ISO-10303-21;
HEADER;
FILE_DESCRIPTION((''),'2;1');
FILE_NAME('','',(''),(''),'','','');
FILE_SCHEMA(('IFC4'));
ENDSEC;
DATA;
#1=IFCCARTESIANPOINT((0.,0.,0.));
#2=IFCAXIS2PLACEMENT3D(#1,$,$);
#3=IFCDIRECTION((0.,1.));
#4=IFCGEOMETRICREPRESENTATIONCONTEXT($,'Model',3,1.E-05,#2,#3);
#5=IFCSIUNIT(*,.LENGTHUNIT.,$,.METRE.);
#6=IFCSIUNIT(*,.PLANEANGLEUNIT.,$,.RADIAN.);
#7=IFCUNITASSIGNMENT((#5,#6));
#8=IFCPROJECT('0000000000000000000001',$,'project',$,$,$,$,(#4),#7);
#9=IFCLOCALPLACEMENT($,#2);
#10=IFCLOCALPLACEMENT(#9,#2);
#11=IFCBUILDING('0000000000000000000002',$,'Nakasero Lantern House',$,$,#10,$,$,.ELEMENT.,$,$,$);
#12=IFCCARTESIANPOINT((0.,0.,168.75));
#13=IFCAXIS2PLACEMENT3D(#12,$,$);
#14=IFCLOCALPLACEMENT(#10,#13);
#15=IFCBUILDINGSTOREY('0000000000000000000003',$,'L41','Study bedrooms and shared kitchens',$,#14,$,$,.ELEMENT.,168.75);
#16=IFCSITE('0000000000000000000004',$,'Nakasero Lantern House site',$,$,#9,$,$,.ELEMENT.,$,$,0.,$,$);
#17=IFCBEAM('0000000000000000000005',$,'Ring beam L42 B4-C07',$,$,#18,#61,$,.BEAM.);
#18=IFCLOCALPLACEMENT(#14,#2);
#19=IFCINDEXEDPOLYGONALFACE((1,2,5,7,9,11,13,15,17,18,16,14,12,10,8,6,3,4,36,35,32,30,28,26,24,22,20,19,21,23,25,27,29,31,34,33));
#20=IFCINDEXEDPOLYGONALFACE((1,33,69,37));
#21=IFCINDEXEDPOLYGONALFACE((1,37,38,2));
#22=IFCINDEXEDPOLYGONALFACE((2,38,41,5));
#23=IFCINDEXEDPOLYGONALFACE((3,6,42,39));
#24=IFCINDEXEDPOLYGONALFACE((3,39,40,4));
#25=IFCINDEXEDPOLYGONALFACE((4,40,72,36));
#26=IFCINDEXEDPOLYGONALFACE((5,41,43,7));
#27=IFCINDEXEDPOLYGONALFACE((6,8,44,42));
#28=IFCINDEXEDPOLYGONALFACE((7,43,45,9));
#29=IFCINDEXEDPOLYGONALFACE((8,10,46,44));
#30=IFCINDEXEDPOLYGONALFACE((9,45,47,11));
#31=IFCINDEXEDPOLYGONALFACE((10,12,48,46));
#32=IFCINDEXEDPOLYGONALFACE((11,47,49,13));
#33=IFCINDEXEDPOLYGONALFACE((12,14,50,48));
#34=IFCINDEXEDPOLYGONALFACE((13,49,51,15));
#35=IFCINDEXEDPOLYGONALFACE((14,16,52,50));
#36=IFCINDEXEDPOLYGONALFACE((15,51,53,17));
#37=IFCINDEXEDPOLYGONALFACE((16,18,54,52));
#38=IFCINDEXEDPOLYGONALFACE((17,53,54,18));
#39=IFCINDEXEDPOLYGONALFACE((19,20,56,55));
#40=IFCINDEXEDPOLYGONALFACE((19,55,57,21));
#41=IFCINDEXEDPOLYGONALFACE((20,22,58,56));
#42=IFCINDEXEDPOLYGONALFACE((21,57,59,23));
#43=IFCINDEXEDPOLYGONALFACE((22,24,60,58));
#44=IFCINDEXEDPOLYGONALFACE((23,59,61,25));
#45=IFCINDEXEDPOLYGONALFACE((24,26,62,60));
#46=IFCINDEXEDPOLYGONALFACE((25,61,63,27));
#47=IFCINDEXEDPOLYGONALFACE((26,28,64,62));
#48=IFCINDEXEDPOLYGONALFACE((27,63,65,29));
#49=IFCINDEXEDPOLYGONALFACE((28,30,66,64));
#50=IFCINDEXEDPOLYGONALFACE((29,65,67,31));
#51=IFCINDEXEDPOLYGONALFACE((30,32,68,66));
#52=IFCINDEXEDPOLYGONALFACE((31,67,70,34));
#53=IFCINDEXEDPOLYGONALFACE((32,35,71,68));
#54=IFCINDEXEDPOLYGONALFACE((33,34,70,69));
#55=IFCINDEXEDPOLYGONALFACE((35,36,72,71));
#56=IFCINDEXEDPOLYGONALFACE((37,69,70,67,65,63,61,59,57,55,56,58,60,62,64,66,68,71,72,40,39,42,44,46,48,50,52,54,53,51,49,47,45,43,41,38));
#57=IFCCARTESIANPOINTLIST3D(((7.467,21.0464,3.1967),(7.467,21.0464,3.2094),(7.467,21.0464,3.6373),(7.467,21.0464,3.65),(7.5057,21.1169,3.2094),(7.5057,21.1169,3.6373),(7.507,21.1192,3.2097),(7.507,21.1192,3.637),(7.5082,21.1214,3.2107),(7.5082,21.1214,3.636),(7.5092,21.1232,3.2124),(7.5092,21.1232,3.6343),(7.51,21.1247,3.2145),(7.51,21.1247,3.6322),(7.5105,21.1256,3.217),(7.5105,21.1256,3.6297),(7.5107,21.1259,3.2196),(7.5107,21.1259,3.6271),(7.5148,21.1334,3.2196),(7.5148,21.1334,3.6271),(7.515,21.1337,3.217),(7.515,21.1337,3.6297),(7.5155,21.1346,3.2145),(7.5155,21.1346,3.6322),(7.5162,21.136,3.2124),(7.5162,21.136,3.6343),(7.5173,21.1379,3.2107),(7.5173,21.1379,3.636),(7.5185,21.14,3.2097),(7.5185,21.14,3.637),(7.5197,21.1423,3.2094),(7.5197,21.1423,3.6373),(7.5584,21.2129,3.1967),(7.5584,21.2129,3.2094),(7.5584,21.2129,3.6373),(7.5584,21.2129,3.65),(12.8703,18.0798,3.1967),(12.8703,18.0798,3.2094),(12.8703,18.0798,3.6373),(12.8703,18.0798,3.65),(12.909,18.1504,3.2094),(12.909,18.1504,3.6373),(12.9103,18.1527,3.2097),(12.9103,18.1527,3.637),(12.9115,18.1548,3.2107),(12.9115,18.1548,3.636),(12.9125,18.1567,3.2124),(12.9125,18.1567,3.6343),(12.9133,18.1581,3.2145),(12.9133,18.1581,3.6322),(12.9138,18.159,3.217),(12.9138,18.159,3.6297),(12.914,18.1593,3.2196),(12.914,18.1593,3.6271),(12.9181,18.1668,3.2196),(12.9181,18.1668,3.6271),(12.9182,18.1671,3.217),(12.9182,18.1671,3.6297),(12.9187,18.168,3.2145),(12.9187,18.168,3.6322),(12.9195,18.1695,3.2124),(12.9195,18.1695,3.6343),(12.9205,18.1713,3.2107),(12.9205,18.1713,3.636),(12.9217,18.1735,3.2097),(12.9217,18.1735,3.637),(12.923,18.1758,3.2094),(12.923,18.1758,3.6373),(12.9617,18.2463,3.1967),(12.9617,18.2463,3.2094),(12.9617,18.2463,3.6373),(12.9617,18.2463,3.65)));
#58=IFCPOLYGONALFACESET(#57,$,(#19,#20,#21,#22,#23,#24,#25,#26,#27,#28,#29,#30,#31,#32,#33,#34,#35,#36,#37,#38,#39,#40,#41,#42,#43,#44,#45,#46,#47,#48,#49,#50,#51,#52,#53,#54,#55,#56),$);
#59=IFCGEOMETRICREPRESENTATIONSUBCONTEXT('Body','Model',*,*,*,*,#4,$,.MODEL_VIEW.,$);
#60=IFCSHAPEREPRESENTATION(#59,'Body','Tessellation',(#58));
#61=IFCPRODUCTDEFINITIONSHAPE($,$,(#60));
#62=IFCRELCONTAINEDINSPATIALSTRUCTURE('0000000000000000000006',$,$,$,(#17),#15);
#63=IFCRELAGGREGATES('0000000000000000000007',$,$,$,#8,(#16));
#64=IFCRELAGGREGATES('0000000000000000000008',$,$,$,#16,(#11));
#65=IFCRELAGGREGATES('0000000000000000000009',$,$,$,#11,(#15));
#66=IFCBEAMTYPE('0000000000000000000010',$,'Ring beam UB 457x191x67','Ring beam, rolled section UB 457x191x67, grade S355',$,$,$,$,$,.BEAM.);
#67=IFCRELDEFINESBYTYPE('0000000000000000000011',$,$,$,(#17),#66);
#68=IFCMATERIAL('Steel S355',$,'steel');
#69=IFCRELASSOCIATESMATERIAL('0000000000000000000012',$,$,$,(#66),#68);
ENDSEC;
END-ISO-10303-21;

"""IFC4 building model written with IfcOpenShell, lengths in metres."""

from ifc_helpers import new_model, si_unit, direction, frame, origin, origin_2d, place, context, subcontext, project, spatial, i_section, extrude, material, material_profile, profile_set, type_object, element, save


model = new_model("IFC4")

# Units and contexts
model_context = context("Model", 3, precision=1e-05, world=origin(), true_north=direction((0.0, 1.0)))
body_context = subcontext(model_context, "Body", "Model", "MODEL_VIEW")
ifc_project = project(units=[si_unit("LENGTHUNIT", "METRE"), si_unit("PLANEANGLEUNIT", "RADIAN")], contexts=[model_context])

# Site, building, storey
site_placement = place(None, origin())
site = spatial("IfcSite", under=ifc_project, at=site_placement, Name="Nakasero Lantern House site", CompositionType="ELEMENT", RefElevation=0.0)
building_placement = place(site_placement, origin())
building = spatial("IfcBuilding", under=site, at=building_placement, Name="Nakasero Lantern House", CompositionType="ELEMENT")
storey_placement = place(building_placement, frame((0.0, 0.0, 168.75)))
storey = spatial("IfcBuildingStorey", under=building, at=storey_placement, Name="L41", Description="Study bedrooms and shared kitchens", CompositionType="ELEMENT", Elevation=168.75)

# Beam
ifc_material_1 = material(Name="Steel S355", Category="steel")
ifc_material_profile_1 = material_profile(ifc_material_1, i_section(OverallWidth=0.1899, OverallDepth=0.4534, WebThickness=0.0085, FlangeThickness=0.0127, FilletRadius=0.0103, at=origin_2d()), Name="UB 457x191x67")
ifc_profile_set_1 = profile_set([ifc_material_profile_1], Name="Steel S355")
beam_type_1 = type_object("IfcBeamType", Name="Ring beam UB 457x191x67", Description="Ring beam, rolled section UB 457x191x67, grade S355", PredefinedType="BEAM", material=ifc_profile_set_1)
beam_1_placement = place(storey_placement, frame((12.916, 18.1631, 3.4233), z_axis=(-0.876577, 0.481262, 0.0), x_axis=(-0.481262, -0.876577, 0.0)))
element("IfcBeam", 1, at=beam_1_placement, inside=storey, type_object=beam_type_1, Name="Ring beam L42 B4-C07", PredefinedType="BEAM", context=body_context, shape_type="SweptSolid", body=[
    extrude(i_section(OverallWidth=0.1899, OverallDepth=0.4534, WebThickness=0.0085, FlangeThickness=0.0127, FilletRadius=0.0103, at=origin_2d()), origin(), (0.0, 0.0, 1.0), 6.1641),
])

save(model, "model.ifc")
